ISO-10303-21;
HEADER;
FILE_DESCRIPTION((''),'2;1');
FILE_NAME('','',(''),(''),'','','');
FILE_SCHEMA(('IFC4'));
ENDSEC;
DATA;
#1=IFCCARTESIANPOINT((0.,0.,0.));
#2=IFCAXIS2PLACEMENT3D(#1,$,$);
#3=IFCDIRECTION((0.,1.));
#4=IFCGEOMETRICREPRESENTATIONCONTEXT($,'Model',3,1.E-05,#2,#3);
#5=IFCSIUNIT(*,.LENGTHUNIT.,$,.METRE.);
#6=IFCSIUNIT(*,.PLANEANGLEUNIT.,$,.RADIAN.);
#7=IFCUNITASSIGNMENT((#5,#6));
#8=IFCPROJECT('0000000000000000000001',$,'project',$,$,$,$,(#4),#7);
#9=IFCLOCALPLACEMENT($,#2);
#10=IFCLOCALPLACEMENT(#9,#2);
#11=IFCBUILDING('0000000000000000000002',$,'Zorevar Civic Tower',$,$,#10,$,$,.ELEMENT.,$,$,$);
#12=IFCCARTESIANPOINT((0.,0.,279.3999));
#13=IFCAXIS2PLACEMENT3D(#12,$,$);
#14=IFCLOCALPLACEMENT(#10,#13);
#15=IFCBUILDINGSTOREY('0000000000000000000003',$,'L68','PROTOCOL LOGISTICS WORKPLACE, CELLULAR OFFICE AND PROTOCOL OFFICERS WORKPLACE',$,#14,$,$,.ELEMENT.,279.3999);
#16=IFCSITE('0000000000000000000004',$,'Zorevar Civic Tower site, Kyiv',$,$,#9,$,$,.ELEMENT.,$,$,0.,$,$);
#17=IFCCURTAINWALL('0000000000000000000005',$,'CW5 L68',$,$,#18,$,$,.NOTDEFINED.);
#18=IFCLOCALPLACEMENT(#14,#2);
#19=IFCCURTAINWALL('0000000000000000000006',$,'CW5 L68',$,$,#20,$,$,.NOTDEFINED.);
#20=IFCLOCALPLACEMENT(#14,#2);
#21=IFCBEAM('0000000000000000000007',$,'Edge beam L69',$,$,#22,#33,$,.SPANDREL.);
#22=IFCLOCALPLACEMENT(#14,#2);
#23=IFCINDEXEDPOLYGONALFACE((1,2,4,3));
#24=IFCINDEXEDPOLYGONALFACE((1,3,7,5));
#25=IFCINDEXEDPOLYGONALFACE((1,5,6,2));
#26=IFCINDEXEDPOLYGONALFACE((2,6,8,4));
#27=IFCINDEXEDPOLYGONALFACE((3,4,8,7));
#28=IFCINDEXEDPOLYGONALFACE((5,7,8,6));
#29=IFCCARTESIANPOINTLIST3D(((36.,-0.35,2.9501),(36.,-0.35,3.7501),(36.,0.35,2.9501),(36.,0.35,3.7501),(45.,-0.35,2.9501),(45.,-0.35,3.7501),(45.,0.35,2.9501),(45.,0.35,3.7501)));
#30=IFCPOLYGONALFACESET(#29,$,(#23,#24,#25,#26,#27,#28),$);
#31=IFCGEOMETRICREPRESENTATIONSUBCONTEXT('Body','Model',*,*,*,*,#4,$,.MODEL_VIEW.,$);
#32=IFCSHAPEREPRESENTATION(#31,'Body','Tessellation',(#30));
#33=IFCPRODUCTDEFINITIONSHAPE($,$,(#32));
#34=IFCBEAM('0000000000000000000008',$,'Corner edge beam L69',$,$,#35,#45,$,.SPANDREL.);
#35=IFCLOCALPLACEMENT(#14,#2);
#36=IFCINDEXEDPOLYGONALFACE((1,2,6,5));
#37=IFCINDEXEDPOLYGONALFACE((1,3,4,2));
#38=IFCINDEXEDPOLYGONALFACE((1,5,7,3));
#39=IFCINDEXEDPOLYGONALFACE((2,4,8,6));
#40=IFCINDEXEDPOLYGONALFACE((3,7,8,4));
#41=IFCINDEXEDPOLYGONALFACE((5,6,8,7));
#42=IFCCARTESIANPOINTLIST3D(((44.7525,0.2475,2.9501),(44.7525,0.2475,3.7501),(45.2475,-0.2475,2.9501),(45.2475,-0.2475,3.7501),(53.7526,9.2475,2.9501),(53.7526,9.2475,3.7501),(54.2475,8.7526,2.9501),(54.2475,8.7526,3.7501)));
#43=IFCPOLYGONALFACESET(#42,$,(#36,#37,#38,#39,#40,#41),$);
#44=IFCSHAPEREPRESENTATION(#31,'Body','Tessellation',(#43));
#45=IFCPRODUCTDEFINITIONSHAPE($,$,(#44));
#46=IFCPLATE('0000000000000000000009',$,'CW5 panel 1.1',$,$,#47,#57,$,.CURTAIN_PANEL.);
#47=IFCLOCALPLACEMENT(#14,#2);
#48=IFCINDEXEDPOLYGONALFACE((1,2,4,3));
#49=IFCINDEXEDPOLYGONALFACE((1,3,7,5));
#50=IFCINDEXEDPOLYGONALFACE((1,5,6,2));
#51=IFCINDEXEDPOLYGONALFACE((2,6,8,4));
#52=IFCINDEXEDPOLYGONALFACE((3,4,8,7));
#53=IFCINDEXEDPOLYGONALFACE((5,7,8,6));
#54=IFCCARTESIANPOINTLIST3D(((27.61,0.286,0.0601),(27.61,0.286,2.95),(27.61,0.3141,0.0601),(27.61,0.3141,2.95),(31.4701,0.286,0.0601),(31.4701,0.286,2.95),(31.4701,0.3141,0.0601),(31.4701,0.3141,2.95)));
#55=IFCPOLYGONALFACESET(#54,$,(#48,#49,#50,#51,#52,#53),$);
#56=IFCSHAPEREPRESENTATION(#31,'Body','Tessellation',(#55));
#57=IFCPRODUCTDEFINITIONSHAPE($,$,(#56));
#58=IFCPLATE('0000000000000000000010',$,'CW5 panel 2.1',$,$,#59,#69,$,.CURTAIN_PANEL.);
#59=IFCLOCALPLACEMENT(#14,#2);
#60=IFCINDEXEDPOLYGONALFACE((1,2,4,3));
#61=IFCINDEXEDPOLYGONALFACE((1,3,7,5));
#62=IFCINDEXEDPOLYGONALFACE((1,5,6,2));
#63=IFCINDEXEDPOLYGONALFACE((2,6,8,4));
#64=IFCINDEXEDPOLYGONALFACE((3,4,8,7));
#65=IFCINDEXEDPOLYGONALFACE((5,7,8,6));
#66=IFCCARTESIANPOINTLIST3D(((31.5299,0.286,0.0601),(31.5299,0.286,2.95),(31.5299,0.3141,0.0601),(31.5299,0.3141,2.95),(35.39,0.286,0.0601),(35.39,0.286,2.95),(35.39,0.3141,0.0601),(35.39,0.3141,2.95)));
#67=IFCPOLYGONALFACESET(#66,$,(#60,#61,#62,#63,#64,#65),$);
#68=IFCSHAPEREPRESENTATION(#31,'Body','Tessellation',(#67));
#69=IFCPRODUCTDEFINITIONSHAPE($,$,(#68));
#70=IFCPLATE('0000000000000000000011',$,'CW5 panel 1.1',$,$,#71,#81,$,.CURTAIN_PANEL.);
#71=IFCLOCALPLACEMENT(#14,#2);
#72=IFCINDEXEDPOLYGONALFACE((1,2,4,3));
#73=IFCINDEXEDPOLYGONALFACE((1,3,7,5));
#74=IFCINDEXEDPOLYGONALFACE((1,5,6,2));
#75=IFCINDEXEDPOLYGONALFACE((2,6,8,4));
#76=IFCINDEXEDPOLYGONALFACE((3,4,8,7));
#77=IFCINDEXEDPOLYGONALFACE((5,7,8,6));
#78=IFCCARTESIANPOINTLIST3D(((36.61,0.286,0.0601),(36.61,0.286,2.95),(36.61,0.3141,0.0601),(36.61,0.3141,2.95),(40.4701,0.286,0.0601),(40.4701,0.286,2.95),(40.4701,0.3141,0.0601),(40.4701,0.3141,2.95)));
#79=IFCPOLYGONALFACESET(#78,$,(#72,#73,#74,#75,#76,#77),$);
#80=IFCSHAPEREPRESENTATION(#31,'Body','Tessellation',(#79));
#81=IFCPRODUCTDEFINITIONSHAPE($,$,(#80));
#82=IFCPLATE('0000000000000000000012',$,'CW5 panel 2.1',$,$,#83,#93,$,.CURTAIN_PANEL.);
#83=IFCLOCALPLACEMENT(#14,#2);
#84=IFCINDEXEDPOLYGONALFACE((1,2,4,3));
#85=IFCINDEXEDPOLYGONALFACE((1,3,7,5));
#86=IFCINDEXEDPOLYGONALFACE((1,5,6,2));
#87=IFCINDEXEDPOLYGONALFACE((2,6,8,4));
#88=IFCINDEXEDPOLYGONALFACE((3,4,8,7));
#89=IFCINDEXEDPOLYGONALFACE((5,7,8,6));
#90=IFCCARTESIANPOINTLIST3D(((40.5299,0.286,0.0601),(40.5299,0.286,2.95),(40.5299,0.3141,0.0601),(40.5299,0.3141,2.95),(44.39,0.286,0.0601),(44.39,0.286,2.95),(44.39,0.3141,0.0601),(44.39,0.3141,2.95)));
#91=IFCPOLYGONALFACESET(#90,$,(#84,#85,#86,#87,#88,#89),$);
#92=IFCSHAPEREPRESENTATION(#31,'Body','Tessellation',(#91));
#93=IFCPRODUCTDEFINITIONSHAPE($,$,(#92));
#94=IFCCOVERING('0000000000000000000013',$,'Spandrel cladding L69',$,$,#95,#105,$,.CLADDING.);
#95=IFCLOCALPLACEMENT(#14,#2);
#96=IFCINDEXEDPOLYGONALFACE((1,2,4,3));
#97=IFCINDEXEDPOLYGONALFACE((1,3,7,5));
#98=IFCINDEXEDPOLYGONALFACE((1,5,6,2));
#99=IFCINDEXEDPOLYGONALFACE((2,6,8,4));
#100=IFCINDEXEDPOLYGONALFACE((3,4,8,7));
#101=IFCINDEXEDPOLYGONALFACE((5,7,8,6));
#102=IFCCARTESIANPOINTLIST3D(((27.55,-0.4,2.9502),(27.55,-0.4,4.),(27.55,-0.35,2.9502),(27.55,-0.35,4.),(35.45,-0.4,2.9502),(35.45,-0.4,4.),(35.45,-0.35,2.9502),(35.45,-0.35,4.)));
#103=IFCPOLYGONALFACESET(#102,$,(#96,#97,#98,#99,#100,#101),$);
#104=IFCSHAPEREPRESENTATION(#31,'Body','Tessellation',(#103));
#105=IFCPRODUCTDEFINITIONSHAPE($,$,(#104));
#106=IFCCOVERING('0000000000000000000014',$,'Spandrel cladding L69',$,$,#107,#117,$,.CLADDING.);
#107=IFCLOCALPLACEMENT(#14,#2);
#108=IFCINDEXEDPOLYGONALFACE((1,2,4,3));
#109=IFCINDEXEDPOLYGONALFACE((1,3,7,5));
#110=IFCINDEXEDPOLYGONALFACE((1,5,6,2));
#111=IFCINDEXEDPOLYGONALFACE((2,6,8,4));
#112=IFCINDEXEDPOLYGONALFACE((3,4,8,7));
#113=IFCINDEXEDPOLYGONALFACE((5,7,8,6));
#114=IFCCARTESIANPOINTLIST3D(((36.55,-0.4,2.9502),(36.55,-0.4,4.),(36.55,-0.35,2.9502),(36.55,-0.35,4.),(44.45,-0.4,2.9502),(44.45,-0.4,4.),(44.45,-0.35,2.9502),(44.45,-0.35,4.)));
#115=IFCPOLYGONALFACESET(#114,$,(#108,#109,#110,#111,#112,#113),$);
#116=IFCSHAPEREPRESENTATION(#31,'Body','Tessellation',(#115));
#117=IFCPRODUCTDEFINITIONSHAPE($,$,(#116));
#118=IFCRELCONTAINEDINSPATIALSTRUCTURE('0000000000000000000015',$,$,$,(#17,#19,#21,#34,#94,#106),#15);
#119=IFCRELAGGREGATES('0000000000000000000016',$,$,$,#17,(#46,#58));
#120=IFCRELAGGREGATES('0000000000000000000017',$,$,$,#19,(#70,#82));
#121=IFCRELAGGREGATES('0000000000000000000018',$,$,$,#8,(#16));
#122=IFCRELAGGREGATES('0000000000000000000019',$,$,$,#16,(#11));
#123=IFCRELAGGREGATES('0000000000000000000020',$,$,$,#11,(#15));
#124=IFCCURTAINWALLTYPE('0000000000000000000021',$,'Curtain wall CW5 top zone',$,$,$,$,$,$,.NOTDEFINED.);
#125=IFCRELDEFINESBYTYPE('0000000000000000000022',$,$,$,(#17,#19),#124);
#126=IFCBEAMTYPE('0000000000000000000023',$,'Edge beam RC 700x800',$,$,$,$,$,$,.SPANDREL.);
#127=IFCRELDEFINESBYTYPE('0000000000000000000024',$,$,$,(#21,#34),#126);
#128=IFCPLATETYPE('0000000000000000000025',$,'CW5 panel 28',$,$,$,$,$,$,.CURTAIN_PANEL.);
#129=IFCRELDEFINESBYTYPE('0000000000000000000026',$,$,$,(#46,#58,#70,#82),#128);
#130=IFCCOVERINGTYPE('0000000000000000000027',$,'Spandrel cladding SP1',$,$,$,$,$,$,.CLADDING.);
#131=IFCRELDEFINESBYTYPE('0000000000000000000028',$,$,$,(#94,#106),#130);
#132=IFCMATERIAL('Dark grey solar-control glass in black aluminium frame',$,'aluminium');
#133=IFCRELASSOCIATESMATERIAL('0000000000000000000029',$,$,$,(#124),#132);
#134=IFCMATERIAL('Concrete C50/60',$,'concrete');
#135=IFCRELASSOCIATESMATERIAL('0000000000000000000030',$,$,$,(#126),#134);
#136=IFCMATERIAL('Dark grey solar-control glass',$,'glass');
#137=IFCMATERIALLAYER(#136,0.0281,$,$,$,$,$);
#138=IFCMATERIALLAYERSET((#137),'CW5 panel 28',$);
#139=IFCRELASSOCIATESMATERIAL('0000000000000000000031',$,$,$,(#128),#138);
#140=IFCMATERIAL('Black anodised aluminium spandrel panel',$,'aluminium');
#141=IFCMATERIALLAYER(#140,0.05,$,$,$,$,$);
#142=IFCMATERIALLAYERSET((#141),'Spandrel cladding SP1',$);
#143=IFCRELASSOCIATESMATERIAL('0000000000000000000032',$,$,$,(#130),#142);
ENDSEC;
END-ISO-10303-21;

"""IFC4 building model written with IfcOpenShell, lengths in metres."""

from ifc_helpers import new_model, si_unit, direction, frame, frame_2d, origin, origin_2d, place, context, subcontext, project, spatial, rectangle, extrude, material, layer, layer_set, material_profile, profile_set, type_object, element, aggregate, save


model = new_model("IFC4")

# Units and contexts
model_context = context("Model", 3, precision=1e-05, world=origin(), true_north=direction((0.0, 1.0)))
body_context = subcontext(model_context, "Body", "Model", "MODEL_VIEW")
ifc_project = project(units=[si_unit("LENGTHUNIT", "METRE"), si_unit("PLANEANGLEUNIT", "RADIAN")], contexts=[model_context])

# Site, building, storey
site_placement = place(None, origin())
site = spatial("IfcSite", under=ifc_project, at=site_placement, Name="Zorevar Civic Tower site, Kyiv", CompositionType="ELEMENT", RefElevation=0.0)
building_placement = place(site_placement, origin())
building = spatial("IfcBuilding", under=site, at=building_placement, Name="Zorevar Civic Tower", CompositionType="ELEMENT")
storey_placement = place(building_placement, frame((0.0, 0.0, 279.3999)))
storey = spatial("IfcBuildingStorey", under=building, at=storey_placement, Name="L68", Description="PROTOCOL LOGISTICS WORKPLACE, CELLULAR OFFICE AND PROTOCOL OFFICERS WORKPLACE", CompositionType="ELEMENT", Elevation=279.3999)

# Curtain walls
ifc_material_1 = material(Name="Dark grey solar-control glass in black aluminium frame", Category="aluminium")
curtain_wall_type = type_object("IfcCurtainWallType", Name="Curtain wall CW5 top zone", PredefinedType="NOTDEFINED", material=ifc_material_1)
curtain_wall_1_placement = place(storey_placement, origin())
curtain_wall_1 = element("IfcCurtainWall", 1, at=curtain_wall_1_placement, inside=storey, type_object=curtain_wall_type, Name="CW5 L68", PredefinedType="NOTDEFINED")
curtain_wall_2_placement = place(storey_placement, origin())
curtain_wall_2 = element("IfcCurtainWall", 2, at=curtain_wall_2_placement, inside=storey, type_object=curtain_wall_type, Name="CW5 L68", PredefinedType="NOTDEFINED")

# Beams
ifc_material_2 = material(Name="Concrete C50/60", Category="concrete")
ifc_material_profile_1 = material_profile(ifc_material_2, rectangle(XDim=0.7, YDim=0.8, at=origin_2d()), Name="RC 700x800")
ifc_profile_set_1 = profile_set([ifc_material_profile_1], Name="Concrete C50/60")
beam_type_1 = type_object("IfcBeamType", Name="Edge beam RC 700x800", PredefinedType="SPANDREL", material=ifc_profile_set_1)
beam_1_placement = place(storey_placement, frame((36.0, 0.0, 3.3501), z_axis=(1.0, 0.0, 0.0), x_axis=(0.0, 1.0, 0.0)))
element("IfcBeam", 3, at=beam_1_placement, inside=storey, type_object=beam_type_1, Name="Edge beam L69", PredefinedType="SPANDREL", context=body_context, shape_type="SweptSolid", body=[
    extrude(rectangle(XDim=0.7, YDim=0.8, at=origin_2d()), origin(), (0.0, 0.0, 1.0), 9.0),
])
beam_2_placement = place(storey_placement, frame((45.0, 0.0, 3.3501), z_axis=(0.707107, 0.707107, 0.0), x_axis=(-0.707107, 0.707107, 0.0)))
element("IfcBeam", 4, at=beam_2_placement, inside=storey, type_object=beam_type_1, Name="Corner edge beam L69", PredefinedType="SPANDREL", context=body_context, shape_type="SweptSolid", body=[
    extrude(rectangle(XDim=0.7, YDim=0.8, at=origin_2d()), origin(), (0.0, 0.0, 1.0), 12.728),
])

# Plates
ifc_material_3 = material(Name="Dark grey solar-control glass", Category="glass")
ifc_layer_1 = layer(ifc_material_3, 0.0281)
ifc_layer_set_1 = layer_set([ifc_layer_1], Name="CW5 panel 28")
plate_type = type_object("IfcPlateType", Name="CW5 panel 28", PredefinedType="CURTAIN_PANEL", material=ifc_layer_set_1)
plate_1_placement = place(storey_placement, frame((29.54, 0.3, 0.0601), z_axis=(0.0, 0.0, 1.0), x_axis=(1.0, 0.0, 0.0)))
plate_1 = element("IfcPlate", 5, at=plate_1_placement, type_object=plate_type, Name="CW5 panel 1.1", PredefinedType="CURTAIN_PANEL", context=body_context, shape_type="SweptSolid", body=[
    extrude(rectangle(XDim=3.8601, YDim=0.0281, at=origin_2d()), origin(), (0.0, 0.0, 1.0), 2.8899),
])
plate_2_placement = place(storey_placement, frame((33.46, 0.3, 0.0601), z_axis=(0.0, 0.0, 1.0), x_axis=(1.0, 0.0, 0.0)))
plate_2 = element("IfcPlate", 6, at=plate_2_placement, type_object=plate_type, Name="CW5 panel 2.1", PredefinedType="CURTAIN_PANEL", context=body_context, shape_type="SweptSolid", body=[
    extrude(rectangle(XDim=3.8601, YDim=0.0281, at=origin_2d()), origin(), (0.0, 0.0, 1.0), 2.8899),
])
aggregate(curtain_wall_1, [plate_1, plate_2])
plate_3_placement = place(storey_placement, frame((38.54, 0.3, 0.0601), z_axis=(0.0, 0.0, 1.0), x_axis=(1.0, 0.0, 0.0)))
plate_3 = element("IfcPlate", 7, at=plate_3_placement, type_object=plate_type, Name="CW5 panel 1.1", PredefinedType="CURTAIN_PANEL", context=body_context, shape_type="SweptSolid", body=[
    extrude(rectangle(XDim=3.8601, YDim=0.0281, at=origin_2d()), origin(), (0.0, 0.0, 1.0), 2.8899),
])
plate_4_placement = place(storey_placement, frame((42.46, 0.3, 0.0601), z_axis=(0.0, 0.0, 1.0), x_axis=(1.0, 0.0, 0.0)))
plate_4 = element("IfcPlate", 8, at=plate_4_placement, type_object=plate_type, Name="CW5 panel 2.1", PredefinedType="CURTAIN_PANEL", context=body_context, shape_type="SweptSolid", body=[
    extrude(rectangle(XDim=3.8601, YDim=0.0281, at=origin_2d()), origin(), (0.0, 0.0, 1.0), 2.8899),
])
aggregate(curtain_wall_2, [plate_3, plate_4])

# Coverings
ifc_material_4 = material(Name="Black anodised aluminium spandrel panel", Category="aluminium")
ifc_layer_2 = layer(ifc_material_4, 0.05)
ifc_layer_set_2 = layer_set([ifc_layer_2], Name="Spandrel cladding SP1")
covering_type = type_object("IfcCoveringType", Name="Spandrel cladding SP1", PredefinedType="CLADDING", material=ifc_layer_set_2)
for number, where, z_axis, x_axis, name in (
    (9, (27.55, -0.375, 2.9502), (0.0, 0.0, 1.0), (1.0, 0.0, 0.0), "Spandrel cladding L69"),
    (10, (36.55, -0.375, 2.9502), (0.0, 0.0, 1.0), (1.0, 0.0, 0.0), "Spandrel cladding L69"),
):
    element("IfcCovering", number, at=place(storey_placement, frame(where, z_axis=z_axis, x_axis=x_axis)), inside=storey, type_object=covering_type, Name=name, PredefinedType="CLADDING", context=body_context, shape_type="SweptSolid", body=[
        extrude(rectangle(XDim=7.8999, YDim=0.05, at=frame_2d((3.95, 0.0))), origin(), (0.0, 0.0, 1.0), 1.0498),
    ])

save(model, "model.ifc")
